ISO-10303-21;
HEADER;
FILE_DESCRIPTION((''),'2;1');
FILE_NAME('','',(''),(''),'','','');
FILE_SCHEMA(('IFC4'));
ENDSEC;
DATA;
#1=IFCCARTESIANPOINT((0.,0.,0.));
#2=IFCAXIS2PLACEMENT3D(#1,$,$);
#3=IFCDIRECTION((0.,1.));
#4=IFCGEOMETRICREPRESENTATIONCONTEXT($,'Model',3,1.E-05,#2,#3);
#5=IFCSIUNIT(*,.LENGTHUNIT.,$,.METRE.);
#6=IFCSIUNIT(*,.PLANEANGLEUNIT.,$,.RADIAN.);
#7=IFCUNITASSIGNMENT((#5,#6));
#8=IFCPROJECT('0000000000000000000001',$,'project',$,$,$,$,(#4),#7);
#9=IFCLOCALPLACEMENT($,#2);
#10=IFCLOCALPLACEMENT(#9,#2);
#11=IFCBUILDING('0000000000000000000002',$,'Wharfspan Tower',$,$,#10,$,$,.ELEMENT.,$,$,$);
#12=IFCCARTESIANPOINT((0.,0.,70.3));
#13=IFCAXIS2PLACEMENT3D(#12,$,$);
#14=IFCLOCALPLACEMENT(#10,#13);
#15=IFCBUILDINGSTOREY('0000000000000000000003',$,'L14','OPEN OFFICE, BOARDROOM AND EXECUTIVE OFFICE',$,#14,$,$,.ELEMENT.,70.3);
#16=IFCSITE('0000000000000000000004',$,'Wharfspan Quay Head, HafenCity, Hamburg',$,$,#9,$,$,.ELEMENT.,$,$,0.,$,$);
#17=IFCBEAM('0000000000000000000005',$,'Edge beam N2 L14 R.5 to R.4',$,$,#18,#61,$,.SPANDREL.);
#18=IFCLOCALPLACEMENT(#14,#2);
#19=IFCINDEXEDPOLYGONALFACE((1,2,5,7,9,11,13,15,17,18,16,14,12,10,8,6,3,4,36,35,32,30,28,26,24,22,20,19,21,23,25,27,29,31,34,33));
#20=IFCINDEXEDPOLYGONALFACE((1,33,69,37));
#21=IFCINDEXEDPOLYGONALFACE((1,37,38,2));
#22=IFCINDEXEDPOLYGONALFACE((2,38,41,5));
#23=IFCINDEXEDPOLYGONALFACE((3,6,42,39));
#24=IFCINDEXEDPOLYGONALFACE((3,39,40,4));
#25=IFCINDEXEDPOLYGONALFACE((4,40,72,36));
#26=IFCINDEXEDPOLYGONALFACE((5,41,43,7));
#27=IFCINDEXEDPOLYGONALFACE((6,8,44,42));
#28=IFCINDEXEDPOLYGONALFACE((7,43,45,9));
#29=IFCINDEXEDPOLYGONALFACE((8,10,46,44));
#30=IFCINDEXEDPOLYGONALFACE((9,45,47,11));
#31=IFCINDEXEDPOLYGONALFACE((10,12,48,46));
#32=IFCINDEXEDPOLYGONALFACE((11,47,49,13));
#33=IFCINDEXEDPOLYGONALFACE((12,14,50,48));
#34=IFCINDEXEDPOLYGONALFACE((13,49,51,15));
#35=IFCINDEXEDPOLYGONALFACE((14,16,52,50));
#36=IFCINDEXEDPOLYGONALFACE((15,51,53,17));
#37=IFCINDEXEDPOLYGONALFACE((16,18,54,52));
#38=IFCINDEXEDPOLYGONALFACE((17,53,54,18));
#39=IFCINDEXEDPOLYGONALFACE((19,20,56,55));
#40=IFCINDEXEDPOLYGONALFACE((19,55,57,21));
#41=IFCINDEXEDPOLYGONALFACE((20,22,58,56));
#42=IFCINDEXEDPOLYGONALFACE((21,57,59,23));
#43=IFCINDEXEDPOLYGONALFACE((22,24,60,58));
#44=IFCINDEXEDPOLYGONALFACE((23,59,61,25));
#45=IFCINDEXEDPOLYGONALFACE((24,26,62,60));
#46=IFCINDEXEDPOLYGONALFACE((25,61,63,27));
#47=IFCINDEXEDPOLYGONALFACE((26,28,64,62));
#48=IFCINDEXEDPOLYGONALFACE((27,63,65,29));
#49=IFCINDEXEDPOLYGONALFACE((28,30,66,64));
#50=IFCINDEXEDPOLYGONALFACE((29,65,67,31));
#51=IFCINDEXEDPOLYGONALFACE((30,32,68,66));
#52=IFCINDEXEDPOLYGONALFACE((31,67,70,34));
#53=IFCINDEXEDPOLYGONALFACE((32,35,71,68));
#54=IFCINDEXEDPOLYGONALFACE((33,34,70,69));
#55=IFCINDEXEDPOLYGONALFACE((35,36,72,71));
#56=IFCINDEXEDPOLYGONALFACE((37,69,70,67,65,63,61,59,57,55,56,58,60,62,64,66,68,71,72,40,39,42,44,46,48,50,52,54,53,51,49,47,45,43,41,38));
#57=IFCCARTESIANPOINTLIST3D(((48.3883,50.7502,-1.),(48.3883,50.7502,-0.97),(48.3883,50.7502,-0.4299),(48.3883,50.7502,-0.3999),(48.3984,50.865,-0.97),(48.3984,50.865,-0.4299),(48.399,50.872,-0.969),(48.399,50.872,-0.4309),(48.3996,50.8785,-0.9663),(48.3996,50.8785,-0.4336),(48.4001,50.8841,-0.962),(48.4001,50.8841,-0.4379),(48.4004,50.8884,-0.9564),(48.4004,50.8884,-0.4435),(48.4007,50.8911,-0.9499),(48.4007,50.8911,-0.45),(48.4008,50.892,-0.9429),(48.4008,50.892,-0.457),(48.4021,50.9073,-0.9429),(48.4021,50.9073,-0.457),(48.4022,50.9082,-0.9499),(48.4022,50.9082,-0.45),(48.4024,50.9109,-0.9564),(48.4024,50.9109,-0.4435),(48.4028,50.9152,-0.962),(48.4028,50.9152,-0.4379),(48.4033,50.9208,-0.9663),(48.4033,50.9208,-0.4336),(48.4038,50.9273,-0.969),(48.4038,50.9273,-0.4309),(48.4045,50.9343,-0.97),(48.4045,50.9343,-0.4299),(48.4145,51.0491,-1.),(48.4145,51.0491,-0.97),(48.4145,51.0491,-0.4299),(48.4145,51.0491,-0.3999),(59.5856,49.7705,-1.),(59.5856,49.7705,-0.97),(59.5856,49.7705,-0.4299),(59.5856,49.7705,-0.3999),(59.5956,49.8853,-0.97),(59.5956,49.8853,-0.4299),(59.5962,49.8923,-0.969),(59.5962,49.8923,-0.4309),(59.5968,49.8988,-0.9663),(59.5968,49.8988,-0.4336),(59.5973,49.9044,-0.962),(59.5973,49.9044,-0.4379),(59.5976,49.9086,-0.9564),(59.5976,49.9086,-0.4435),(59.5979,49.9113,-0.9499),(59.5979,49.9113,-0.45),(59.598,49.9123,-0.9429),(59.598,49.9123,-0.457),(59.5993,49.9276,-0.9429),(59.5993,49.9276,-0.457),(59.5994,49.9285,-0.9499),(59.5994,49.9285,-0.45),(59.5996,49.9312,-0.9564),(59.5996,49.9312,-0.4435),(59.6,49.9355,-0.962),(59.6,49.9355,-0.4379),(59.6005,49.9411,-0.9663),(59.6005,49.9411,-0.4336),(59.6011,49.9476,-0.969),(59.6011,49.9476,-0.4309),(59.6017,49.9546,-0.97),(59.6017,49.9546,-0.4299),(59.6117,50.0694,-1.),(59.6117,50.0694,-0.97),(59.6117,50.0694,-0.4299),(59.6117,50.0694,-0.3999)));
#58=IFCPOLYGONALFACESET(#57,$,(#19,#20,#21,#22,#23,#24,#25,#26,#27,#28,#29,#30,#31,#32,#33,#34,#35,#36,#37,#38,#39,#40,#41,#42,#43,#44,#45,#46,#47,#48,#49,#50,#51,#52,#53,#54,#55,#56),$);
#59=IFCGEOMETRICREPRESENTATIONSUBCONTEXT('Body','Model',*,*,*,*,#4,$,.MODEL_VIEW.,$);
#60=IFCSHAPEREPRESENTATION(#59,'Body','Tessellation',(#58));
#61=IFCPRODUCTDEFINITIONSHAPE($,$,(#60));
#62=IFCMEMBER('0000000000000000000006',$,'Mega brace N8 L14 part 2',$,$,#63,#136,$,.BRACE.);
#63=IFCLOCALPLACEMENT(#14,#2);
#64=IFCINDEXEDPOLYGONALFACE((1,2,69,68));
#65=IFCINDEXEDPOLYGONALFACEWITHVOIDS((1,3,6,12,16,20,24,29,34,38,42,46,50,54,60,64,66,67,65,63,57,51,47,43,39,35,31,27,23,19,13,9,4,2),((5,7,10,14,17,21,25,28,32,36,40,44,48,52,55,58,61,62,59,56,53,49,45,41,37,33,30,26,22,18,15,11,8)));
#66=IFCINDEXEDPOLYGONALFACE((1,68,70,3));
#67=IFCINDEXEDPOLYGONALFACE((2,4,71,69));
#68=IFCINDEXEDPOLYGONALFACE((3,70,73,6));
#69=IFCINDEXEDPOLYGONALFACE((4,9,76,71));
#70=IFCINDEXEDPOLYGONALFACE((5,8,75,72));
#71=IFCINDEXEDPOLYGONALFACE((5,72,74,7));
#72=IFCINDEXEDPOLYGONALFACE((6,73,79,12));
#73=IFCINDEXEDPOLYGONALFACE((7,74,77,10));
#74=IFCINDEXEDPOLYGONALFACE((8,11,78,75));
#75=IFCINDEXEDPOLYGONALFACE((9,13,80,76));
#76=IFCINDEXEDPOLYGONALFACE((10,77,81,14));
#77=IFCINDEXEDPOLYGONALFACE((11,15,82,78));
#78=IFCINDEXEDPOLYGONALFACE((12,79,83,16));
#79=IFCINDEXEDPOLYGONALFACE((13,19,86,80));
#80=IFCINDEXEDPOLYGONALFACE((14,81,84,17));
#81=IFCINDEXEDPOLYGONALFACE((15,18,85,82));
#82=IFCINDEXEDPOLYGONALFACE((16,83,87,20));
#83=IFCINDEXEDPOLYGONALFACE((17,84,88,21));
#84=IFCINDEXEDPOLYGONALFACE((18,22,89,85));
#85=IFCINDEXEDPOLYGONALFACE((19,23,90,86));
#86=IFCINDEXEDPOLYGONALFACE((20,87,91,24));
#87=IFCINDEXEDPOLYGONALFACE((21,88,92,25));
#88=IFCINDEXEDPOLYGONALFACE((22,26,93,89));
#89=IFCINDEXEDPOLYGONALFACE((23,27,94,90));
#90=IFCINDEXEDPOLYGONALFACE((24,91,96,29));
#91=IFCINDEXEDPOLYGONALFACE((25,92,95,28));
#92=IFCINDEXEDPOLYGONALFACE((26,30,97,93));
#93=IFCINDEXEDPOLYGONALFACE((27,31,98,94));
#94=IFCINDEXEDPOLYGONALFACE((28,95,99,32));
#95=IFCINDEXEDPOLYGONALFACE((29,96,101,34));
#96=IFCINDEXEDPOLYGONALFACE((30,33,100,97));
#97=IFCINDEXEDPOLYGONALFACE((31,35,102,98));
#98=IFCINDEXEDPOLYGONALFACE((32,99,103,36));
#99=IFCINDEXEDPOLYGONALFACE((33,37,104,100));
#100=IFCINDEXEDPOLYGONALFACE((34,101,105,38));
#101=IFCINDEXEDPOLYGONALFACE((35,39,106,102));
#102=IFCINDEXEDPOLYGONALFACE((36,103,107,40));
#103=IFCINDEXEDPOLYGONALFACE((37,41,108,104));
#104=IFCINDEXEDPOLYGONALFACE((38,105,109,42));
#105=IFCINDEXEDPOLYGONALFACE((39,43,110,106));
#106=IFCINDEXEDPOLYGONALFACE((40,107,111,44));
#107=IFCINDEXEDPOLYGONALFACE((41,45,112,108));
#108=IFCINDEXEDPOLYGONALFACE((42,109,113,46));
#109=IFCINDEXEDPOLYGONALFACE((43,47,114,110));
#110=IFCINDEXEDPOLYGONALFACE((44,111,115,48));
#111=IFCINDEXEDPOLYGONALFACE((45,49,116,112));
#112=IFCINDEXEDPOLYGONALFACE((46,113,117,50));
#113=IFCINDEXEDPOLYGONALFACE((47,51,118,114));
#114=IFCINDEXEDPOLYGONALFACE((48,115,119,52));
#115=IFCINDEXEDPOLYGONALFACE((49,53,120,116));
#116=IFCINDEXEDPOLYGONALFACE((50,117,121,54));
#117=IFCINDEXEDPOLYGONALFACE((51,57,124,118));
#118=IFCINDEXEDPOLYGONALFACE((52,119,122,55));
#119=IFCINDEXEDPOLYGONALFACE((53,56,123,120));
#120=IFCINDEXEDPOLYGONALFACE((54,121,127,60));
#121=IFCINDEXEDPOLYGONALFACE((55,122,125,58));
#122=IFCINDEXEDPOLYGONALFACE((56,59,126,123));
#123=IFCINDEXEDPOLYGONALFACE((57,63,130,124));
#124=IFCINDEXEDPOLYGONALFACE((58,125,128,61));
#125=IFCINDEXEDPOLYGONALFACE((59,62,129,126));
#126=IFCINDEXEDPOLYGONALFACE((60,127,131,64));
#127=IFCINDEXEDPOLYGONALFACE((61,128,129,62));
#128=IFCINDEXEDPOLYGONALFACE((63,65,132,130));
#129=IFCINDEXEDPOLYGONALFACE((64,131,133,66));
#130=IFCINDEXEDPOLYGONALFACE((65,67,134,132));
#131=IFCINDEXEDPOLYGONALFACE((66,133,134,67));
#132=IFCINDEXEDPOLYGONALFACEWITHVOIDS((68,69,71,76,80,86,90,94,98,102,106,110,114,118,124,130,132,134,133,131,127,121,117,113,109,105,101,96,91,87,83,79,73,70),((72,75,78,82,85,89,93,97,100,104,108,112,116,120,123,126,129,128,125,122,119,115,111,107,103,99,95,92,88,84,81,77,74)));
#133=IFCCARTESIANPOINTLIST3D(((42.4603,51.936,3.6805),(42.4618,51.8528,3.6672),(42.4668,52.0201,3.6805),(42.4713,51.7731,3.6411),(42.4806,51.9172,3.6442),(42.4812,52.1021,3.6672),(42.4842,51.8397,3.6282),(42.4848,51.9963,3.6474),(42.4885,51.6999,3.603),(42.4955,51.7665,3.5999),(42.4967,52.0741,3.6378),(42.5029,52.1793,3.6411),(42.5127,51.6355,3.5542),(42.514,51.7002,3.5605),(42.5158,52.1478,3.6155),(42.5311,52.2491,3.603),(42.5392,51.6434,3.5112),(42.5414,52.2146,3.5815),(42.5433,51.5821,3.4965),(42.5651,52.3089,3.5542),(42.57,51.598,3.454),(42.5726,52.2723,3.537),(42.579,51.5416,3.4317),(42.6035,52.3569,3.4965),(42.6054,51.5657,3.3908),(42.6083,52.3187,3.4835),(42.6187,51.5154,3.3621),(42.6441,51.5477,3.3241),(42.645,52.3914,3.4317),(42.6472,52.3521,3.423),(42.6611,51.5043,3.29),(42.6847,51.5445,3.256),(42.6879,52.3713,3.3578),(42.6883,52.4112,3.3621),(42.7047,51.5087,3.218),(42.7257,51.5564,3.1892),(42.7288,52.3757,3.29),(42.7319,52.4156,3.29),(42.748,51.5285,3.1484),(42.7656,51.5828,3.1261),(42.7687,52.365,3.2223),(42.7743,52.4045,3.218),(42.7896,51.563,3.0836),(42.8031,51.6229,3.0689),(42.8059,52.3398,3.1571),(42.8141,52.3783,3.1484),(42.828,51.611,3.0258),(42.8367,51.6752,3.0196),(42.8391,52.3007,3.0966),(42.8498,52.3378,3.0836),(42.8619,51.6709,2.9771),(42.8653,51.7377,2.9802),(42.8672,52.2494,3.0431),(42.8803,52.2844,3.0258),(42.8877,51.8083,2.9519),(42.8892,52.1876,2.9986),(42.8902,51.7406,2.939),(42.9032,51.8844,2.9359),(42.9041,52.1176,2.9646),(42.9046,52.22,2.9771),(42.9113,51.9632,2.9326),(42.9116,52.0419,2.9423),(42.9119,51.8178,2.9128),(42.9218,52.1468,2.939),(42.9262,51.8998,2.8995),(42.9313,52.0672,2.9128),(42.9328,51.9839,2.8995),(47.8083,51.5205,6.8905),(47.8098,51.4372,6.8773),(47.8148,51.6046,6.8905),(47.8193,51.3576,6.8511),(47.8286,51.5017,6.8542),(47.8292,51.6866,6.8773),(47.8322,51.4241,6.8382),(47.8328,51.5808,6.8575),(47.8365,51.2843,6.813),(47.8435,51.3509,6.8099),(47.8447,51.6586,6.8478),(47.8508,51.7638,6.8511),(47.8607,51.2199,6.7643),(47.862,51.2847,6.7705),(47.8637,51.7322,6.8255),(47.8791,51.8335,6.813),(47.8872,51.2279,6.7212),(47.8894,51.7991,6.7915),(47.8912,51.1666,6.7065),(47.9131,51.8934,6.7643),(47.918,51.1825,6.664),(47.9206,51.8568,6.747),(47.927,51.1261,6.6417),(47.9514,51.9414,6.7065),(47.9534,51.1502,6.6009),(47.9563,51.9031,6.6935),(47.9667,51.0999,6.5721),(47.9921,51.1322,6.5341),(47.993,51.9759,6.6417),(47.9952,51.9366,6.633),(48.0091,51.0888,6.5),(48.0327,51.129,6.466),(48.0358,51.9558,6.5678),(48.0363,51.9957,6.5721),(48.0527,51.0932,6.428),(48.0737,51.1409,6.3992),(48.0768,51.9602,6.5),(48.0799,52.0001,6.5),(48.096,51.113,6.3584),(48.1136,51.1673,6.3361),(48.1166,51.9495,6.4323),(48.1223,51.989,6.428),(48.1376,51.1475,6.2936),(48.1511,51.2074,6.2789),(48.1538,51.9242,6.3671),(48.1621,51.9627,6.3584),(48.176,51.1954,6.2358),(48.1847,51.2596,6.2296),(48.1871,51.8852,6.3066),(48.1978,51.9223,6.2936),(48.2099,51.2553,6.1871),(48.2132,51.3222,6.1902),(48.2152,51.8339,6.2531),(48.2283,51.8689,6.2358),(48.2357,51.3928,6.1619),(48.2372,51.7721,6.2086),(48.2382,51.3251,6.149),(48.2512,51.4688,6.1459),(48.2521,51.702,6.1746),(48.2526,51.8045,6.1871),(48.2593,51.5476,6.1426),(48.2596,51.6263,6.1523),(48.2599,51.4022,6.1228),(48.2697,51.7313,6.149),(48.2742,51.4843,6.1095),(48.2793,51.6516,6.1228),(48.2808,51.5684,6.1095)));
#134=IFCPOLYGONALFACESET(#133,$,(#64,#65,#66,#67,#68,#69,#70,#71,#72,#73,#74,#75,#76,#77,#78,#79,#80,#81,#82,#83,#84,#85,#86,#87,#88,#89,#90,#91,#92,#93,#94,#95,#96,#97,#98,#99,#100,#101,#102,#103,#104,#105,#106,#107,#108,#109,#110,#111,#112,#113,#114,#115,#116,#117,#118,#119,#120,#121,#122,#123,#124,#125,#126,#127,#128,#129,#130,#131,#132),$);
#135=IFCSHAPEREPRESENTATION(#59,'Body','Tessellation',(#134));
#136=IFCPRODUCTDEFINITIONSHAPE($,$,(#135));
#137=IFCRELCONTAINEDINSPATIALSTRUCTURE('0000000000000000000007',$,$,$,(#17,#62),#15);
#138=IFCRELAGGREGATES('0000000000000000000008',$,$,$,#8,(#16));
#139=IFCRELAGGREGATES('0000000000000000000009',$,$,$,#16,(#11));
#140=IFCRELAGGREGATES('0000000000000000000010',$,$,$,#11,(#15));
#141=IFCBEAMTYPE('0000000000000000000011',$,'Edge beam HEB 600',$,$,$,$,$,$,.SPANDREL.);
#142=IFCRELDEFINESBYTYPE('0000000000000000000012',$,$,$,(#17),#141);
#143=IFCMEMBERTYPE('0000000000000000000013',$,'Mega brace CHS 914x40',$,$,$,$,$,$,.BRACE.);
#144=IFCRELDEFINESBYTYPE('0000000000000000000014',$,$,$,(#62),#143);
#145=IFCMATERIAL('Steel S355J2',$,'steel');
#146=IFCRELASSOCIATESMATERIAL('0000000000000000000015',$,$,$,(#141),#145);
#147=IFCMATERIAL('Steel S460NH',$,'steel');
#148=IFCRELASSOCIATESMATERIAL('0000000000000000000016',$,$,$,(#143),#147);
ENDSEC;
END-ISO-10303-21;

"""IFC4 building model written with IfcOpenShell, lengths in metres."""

from ifc_helpers import new_model, si_unit, direction, frame, origin, origin_2d, place, context, subcontext, project, spatial, hollow_circle, i_section, extrude, material, material_profile, profile_set, type_object, element, save


model = new_model("IFC4")

# Units and contexts
model_context = context("Model", 3, precision=1e-05, world=origin(), true_north=direction((0.0, 1.0)))
body_context = subcontext(model_context, "Body", "Model", "MODEL_VIEW")
ifc_project = project(units=[si_unit("LENGTHUNIT", "METRE"), si_unit("PLANEANGLEUNIT", "RADIAN")], contexts=[model_context])

# Site, building, storey
site_placement = place(None, origin())
site = spatial("IfcSite", under=ifc_project, at=site_placement, Name="Wharfspan Quay Head, HafenCity, Hamburg", CompositionType="ELEMENT", RefElevation=0.0)
building_placement = place(site_placement, origin())
building = spatial("IfcBuilding", under=site, at=building_placement, Name="Wharfspan Tower", CompositionType="ELEMENT")
storey_placement = place(building_placement, frame((0.0, 0.0, 70.3)))
storey = spatial("IfcBuildingStorey", under=building, at=storey_placement, Name="L14", Description="OPEN OFFICE, BOARDROOM AND EXECUTIVE OFFICE", CompositionType="ELEMENT", Elevation=70.3)

# Shared definitions
ifc_material_1 = material(Name="Steel S355J2", Category="steel")

# Beam
ifc_material_profile_1 = material_profile(ifc_material_1, i_section(OverallWidth=0.3, OverallDepth=0.6001, WebThickness=0.0154, FlangeThickness=0.03, FilletRadius=0.0271, at=origin_2d()))
ifc_profile_set_1 = profile_set([ifc_material_profile_1], Name="Steel S355J2")
beam_type = type_object("IfcBeamType", Name="Edge beam HEB 600", PredefinedType="SPANDREL", material=ifc_profile_set_1)
beam_placement = place(storey_placement, frame((59.5986, 49.9199, -0.7), z_axis=(-0.996194, 0.087165, 0.0), x_axis=(-0.087165, -0.996194, 0.0)))
element("IfcBeam", 1, at=beam_placement, inside=storey, type_object=beam_type, Name="Edge beam N2 L14 R.5 to R.4", PredefinedType="SPANDREL", context=body_context, shape_type="SweptSolid", body=[
    extrude(i_section(OverallWidth=0.3, OverallDepth=0.6001, WebThickness=0.0154, FlangeThickness=0.03, FilletRadius=0.0271, at=origin_2d()), origin(), (0.0, 0.0, 1.0), 11.24),
])

# Member
ifc_material_2 = material(Name="Steel S460NH", Category="steel")
ifc_material_profile_2 = material_profile(ifc_material_2, hollow_circle(Radius=0.457, WallThickness=0.04, at=origin_2d()))
ifc_profile_set_2 = profile_set([ifc_material_profile_2], Name="Steel S460NH")
member_type = type_object("IfcMemberType", Name="Mega brace CHS 914x40", PredefinedType="BRACE", material=ifc_profile_set_2)
for number, where, z_axis, x_axis, name in (
    (2, (42.6965, 51.96, 3.29), (0.85551, -0.066472, 0.513501), (0.077467, 0.996995, -0.000003), "Mega brace N8 L14 part 2"),
):
    element("IfcMember", number, at=place(storey_placement, frame(where, z_axis=z_axis, x_axis=x_axis)), inside=storey, type_object=member_type, Name=name, PredefinedType="BRACE", context=body_context, shape_type="SweptSolid", body=[
        extrude(hollow_circle(Radius=0.457, WallThickness=0.04, at=origin_2d()), origin(), (0.0, 0.0, 1.0), 6.2512),
    ])

save(model, "model.ifc")
